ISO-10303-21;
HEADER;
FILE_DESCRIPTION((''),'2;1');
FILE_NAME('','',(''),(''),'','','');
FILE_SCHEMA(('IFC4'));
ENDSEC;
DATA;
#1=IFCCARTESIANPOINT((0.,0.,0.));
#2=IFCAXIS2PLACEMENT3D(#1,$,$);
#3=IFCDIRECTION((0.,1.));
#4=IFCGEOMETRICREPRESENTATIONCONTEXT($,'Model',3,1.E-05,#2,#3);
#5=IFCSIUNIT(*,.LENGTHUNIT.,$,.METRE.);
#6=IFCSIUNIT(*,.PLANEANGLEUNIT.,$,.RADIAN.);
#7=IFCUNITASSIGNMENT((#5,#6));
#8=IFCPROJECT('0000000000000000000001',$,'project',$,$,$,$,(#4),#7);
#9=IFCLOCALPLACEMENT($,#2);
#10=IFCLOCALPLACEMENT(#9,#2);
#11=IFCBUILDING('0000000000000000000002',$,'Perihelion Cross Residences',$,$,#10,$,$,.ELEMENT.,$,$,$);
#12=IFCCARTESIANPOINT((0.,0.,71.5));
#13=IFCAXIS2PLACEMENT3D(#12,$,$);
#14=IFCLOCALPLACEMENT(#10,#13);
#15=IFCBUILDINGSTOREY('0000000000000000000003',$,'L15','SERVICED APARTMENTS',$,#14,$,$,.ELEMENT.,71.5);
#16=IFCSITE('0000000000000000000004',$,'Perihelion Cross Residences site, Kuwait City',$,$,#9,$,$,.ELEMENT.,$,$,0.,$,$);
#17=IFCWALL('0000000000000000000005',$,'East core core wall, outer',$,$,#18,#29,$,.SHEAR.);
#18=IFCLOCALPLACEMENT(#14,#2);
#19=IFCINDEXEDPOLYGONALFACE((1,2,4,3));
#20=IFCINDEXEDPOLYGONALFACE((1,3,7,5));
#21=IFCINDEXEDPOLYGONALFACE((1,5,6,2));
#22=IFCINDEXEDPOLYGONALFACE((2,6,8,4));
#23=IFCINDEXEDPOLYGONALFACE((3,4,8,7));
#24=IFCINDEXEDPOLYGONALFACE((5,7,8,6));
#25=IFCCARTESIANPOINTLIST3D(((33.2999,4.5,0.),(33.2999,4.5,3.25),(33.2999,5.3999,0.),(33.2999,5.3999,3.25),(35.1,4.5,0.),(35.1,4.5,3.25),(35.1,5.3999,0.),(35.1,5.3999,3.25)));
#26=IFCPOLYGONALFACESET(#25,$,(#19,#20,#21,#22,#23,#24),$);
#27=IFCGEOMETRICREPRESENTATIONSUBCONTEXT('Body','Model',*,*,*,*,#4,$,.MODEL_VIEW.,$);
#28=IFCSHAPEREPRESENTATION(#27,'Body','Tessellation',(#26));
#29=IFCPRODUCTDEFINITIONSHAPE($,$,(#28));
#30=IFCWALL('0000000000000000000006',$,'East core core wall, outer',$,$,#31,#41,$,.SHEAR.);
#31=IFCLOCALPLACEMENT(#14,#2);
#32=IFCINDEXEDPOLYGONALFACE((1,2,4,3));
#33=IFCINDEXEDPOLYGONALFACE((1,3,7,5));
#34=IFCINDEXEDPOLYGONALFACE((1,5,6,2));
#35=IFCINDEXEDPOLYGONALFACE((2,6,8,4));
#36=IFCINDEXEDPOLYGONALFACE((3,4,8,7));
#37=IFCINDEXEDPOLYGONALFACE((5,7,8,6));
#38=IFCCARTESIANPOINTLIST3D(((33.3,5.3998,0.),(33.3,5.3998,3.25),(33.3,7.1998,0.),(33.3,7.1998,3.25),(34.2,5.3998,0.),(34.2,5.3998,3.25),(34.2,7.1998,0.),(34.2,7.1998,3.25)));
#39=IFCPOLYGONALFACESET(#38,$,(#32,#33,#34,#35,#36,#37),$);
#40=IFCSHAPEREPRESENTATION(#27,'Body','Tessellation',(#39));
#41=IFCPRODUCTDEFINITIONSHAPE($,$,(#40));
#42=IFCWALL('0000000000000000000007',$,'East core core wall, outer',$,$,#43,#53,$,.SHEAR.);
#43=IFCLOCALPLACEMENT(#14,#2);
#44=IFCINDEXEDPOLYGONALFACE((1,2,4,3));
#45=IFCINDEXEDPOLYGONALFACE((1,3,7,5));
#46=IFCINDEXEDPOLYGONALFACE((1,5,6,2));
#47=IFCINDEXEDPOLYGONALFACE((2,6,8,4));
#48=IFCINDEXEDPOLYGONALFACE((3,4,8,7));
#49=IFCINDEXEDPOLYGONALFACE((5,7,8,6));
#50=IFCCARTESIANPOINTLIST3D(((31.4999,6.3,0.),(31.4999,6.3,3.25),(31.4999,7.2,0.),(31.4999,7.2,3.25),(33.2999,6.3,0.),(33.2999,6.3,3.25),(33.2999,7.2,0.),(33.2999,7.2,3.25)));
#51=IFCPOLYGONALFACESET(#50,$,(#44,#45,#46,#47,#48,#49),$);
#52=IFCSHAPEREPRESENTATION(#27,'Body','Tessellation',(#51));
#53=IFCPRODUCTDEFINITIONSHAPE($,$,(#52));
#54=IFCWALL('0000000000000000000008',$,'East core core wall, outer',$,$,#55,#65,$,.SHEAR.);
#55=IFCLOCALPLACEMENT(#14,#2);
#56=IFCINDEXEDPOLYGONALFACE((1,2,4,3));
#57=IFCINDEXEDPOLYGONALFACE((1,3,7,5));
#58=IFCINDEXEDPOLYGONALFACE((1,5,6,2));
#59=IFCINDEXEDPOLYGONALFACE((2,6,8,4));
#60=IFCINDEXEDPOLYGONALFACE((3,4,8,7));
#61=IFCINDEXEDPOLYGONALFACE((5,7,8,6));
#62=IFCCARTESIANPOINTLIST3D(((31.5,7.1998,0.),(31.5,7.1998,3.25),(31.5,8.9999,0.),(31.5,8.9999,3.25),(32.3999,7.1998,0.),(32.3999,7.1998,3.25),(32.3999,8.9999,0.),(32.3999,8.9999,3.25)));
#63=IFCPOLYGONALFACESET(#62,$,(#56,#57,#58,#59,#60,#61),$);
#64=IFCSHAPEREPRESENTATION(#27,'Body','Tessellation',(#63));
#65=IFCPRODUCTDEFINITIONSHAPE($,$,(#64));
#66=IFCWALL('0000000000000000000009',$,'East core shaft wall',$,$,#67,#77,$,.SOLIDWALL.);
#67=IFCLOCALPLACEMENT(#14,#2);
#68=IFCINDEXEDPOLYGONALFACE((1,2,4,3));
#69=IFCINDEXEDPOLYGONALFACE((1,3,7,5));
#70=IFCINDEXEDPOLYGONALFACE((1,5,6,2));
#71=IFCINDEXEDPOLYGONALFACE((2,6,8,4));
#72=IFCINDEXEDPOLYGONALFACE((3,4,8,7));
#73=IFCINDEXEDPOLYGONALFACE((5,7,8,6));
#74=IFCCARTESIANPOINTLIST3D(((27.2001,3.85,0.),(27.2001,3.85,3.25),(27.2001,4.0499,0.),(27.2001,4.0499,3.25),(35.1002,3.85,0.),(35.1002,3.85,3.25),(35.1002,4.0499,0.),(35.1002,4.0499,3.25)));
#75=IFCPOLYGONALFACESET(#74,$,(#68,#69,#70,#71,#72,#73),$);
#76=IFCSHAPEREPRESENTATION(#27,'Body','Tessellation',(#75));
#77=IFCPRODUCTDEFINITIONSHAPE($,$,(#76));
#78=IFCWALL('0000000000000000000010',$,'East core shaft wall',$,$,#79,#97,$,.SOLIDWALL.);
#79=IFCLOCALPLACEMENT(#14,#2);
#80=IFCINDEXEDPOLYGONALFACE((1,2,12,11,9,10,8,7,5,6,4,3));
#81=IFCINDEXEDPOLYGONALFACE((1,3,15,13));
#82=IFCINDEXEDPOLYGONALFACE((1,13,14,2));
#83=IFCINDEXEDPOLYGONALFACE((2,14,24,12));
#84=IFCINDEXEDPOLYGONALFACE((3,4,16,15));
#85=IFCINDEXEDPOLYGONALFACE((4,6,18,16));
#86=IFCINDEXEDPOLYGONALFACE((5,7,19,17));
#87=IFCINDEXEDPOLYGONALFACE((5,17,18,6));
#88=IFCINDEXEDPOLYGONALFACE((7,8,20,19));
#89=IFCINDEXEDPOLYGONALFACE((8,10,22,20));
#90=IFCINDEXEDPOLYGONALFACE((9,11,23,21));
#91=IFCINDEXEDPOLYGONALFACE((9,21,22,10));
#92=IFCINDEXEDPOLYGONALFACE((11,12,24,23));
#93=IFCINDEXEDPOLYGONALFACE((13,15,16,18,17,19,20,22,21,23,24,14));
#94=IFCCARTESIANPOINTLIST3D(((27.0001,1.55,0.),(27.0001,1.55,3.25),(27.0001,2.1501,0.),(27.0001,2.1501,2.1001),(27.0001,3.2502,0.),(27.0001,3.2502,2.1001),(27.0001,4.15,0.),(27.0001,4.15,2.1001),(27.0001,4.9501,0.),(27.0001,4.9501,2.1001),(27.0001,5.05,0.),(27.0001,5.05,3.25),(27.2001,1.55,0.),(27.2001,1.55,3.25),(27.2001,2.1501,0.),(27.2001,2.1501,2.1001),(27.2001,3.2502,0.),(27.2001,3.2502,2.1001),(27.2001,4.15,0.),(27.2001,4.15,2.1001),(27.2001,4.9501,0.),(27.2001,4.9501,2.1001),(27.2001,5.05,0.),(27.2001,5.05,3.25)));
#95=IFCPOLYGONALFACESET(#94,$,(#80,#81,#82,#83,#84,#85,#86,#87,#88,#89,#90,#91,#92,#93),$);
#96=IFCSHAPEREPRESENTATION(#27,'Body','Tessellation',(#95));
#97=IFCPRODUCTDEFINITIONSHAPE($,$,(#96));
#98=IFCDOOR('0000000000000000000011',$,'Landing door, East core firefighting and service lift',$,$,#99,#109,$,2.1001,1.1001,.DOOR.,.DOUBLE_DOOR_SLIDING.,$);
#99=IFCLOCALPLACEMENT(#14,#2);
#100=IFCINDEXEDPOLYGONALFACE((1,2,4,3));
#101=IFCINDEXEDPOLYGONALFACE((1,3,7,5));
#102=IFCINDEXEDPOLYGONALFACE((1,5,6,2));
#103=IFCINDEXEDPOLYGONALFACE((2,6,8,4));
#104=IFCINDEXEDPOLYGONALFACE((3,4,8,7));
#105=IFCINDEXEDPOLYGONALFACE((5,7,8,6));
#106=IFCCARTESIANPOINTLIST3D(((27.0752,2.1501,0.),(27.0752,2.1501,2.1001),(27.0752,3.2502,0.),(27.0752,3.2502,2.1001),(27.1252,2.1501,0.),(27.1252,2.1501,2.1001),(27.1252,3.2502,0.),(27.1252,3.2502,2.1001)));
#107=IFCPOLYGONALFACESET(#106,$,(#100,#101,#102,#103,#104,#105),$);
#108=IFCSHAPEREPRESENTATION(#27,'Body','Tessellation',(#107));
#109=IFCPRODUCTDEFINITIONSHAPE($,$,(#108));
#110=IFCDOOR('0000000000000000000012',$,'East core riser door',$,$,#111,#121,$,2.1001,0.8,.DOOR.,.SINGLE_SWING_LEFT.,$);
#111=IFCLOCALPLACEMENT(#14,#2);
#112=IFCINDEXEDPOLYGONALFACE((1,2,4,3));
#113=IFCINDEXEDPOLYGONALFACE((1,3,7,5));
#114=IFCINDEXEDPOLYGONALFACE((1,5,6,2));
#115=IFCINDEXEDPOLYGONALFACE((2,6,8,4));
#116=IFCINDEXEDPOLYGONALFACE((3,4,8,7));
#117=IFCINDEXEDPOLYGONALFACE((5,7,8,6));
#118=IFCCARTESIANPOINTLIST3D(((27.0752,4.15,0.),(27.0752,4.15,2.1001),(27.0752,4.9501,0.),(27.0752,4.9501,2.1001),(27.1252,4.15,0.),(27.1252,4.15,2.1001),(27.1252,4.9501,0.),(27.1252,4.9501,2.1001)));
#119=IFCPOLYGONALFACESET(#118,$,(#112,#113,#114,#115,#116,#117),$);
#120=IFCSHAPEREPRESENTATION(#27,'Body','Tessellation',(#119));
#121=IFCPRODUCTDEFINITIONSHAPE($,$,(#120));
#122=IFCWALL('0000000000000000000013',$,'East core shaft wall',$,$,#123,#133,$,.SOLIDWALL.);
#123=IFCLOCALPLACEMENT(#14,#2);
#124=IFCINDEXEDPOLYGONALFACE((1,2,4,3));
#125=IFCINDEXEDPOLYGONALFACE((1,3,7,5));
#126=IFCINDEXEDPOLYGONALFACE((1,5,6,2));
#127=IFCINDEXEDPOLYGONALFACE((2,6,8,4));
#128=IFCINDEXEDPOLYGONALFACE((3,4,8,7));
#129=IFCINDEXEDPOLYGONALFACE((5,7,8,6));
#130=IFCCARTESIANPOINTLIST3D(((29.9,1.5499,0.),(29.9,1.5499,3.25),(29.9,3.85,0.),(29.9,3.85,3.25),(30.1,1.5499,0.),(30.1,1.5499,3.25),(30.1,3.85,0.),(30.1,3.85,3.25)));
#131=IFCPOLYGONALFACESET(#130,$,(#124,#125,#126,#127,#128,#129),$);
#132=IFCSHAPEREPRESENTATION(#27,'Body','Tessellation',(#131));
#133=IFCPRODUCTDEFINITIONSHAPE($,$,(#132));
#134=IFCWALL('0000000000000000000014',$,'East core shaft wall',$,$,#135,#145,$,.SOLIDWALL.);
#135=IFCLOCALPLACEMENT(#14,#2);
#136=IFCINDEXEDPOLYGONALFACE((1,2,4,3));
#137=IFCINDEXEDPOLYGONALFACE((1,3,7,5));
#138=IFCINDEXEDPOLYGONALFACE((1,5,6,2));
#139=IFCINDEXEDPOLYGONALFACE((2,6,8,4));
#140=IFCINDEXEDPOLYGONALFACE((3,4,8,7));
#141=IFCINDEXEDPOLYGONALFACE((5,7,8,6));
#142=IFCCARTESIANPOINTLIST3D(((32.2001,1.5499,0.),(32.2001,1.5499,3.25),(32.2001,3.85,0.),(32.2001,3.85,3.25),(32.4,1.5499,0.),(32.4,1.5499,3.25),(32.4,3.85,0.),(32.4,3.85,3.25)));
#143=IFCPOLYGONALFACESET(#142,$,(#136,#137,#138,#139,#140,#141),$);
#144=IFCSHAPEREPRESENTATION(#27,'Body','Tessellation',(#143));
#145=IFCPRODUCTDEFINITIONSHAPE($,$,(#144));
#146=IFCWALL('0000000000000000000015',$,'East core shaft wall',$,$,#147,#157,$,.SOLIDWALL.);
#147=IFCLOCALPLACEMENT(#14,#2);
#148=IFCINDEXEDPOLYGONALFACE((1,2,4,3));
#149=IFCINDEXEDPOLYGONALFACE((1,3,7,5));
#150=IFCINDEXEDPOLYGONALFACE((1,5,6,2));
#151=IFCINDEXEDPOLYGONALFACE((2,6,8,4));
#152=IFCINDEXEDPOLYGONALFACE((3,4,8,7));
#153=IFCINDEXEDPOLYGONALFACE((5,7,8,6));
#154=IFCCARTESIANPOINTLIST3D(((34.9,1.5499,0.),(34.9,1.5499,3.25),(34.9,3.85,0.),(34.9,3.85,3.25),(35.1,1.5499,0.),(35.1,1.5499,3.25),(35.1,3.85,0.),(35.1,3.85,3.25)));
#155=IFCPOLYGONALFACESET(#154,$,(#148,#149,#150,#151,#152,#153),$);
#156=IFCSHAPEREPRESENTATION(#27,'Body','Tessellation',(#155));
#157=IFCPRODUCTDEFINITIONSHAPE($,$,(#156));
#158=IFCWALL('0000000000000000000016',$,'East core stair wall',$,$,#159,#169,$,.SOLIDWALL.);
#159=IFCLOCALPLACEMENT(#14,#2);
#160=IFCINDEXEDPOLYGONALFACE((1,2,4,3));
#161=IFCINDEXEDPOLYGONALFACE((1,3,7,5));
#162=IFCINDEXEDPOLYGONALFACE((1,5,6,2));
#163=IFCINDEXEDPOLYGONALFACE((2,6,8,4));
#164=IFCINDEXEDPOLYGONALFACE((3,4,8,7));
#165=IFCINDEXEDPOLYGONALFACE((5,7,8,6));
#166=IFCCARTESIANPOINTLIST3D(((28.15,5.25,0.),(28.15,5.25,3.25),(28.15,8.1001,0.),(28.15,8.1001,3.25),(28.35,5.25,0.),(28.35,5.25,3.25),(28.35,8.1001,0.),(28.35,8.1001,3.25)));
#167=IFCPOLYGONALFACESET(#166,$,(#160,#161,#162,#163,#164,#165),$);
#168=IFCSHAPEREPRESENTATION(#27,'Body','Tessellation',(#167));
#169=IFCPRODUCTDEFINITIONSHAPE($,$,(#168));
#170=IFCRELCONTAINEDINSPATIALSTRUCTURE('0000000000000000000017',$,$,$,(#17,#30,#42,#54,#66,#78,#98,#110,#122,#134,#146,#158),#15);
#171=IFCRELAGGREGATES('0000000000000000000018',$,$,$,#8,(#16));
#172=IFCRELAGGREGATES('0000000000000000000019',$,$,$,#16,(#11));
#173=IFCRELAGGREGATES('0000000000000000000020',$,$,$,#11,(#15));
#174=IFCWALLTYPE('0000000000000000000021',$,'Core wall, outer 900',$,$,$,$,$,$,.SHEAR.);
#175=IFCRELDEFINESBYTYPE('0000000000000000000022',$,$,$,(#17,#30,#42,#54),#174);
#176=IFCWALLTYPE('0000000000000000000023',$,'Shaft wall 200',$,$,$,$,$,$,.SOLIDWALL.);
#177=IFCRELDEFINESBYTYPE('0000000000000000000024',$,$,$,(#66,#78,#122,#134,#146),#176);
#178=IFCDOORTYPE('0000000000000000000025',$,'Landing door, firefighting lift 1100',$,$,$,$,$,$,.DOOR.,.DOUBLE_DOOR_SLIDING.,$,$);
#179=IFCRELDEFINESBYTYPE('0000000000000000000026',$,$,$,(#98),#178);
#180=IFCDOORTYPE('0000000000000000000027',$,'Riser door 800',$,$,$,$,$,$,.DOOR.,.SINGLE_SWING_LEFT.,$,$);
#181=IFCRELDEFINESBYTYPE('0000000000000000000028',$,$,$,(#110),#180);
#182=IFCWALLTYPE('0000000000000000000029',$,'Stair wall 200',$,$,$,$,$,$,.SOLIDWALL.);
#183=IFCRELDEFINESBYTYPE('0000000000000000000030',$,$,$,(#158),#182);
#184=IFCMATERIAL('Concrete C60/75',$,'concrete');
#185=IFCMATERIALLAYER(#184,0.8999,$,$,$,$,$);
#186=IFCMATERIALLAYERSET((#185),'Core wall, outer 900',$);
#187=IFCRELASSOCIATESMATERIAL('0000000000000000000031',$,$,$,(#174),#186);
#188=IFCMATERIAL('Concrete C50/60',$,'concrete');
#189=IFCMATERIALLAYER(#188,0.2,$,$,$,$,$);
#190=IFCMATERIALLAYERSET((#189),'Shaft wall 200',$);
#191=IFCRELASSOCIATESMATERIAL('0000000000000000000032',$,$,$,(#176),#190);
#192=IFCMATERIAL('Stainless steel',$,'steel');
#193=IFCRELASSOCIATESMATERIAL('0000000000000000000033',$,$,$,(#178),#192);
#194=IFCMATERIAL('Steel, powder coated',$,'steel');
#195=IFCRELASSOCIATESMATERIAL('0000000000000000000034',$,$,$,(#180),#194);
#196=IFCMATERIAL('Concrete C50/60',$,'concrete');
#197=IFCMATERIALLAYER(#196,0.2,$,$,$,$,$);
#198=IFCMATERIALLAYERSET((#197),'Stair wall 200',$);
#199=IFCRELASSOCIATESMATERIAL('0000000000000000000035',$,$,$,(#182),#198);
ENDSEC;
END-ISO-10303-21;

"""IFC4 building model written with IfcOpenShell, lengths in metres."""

from ifc_helpers import new_model, si_unit, direction, frame, frame_2d, origin, place, context, subcontext, project, spatial, rectangle, extrude, material, layer, layer_set, type_object, element, fill, save


model = new_model("IFC4")

# Units and contexts
model_context = context("Model", 3, precision=1e-05, world=origin(), true_north=direction((0.0, 1.0)))
body_context = subcontext(model_context, "Body", "Model", "MODEL_VIEW")
ifc_project = project(units=[si_unit("LENGTHUNIT", "METRE"), si_unit("PLANEANGLEUNIT", "RADIAN")], contexts=[model_context])

# Site, building, storey
site_placement = place(None, origin())
site = spatial("IfcSite", under=ifc_project, at=site_placement, Name="Perihelion Cross Residences site, Kuwait City", CompositionType="ELEMENT", RefElevation=0.0)
building_placement = place(site_placement, origin())
building = spatial("IfcBuilding", under=site, at=building_placement, Name="Perihelion Cross Residences", CompositionType="ELEMENT")
storey_placement = place(building_placement, frame((0.0, 0.0, 71.5)))
storey = spatial("IfcBuildingStorey", under=building, at=storey_placement, Name="L15", Description="SERVICED APARTMENTS", CompositionType="ELEMENT", Elevation=71.5)

# Walls
ifc_material_1 = material(Name="Concrete C60/75", Category="concrete")
ifc_layer_1 = layer(ifc_material_1, 0.8999)
ifc_layer_set_1 = layer_set([ifc_layer_1], Name="Core wall, outer 900")
wall_type_1 = type_object("IfcWallType", Name="Core wall, outer 900", PredefinedType="SHEAR", material=ifc_layer_set_1)
for number, where, z_axis, x_axis, name in (
    (1, (33.3, 4.95, 0.0), (0.0, 0.0, 1.0), (1.0, 0.0, 0.0), "East core core wall, outer"),
    (2, (33.75, 5.3999, 0.0), (0.0, 0.0, 1.0), (0.0, 1.0, 0.0), "East core core wall, outer"),
    (3, (31.5, 6.75, 0.0), (0.0, 0.0, 1.0), (1.0, 0.0, 0.0), "East core core wall, outer"),
    (4, (31.95, 7.2, 0.0), (0.0, 0.0, 1.0), (0.0, 1.0, 0.0), "East core core wall, outer"),
):
    element("IfcWall", number, at=place(storey_placement, frame(where, z_axis=z_axis, x_axis=x_axis)), inside=storey, type_object=wall_type_1, Name=name, PredefinedType="SHEAR", context=body_context, shape_type="SweptSolid", body=[
        extrude(rectangle(XDim=1.8, YDim=0.8999, at=frame_2d((0.8999, 0.0))), origin(), (0.0, 0.0, 1.0), 3.25),
    ])
ifc_material_2 = material(Name="Concrete C50/60", Category="concrete")
ifc_layer_2 = layer(ifc_material_2, 0.2)
ifc_layer_set_2 = layer_set([ifc_layer_2], Name="Shaft wall 200")
wall_type_2 = type_object("IfcWallType", Name="Shaft wall 200", PredefinedType="SOLIDWALL", material=ifc_layer_set_2)
wall_1_placement = place(storey_placement, frame((27.2, 3.95, 0.0), z_axis=(0.0, 0.0, 1.0), x_axis=(1.0, 0.0, 0.0)))
element("IfcWall", 5, at=wall_1_placement, inside=storey, type_object=wall_type_2, Name="East core shaft wall", PredefinedType="SOLIDWALL", context=body_context, shape_type="SweptSolid", body=[
    extrude(rectangle(XDim=7.9001, YDim=0.2, at=frame_2d((3.9502, 0.0))), origin(), (0.0, 0.0, 1.0), 3.25),
])

# Wall, openings, doors
wall_2_placement = place(storey_placement, frame((27.1001, 1.55, 0.0), z_axis=(0.0, 0.0, 1.0), x_axis=(0.0, 1.0, 0.0)))
wall_2 = element("IfcWall", 6, at=wall_2_placement, inside=storey, type_object=wall_type_2, Name="East core shaft wall", PredefinedType="SOLIDWALL", context=body_context, shape_type="SweptSolid", body=[
    extrude(rectangle(XDim=3.5, YDim=0.2, at=frame_2d((1.75, 0.0))), origin(), (0.0, 0.0, 1.0), 3.25),
])
opening_1_placement = place(wall_2_placement, frame((0.6001, 0.0, 0.0)))
opening_1 = element("IfcOpeningElement", 7, at=opening_1_placement, cuts=wall_2, PredefinedType="OPENING", context=body_context, shape_type="SweptSolid", body=[
    extrude(rectangle(XDim=1.1001, YDim=2.1001, at=frame_2d((0.55, 1.05))), frame((0.0, 0.1099, 0.0), z_axis=(0.0, -1.0, 0.0), x_axis=(1.0, 0.0, 0.0)), (0.0, 0.0, 1.0), 0.22),
])
opening_2_placement = place(wall_2_placement, frame((2.6001, 0.0, 0.0)))
opening_2 = element("IfcOpeningElement", 8, at=opening_2_placement, cuts=wall_2, PredefinedType="OPENING", context=body_context, shape_type="SweptSolid", body=[
    extrude(rectangle(XDim=0.8, YDim=2.1001, at=frame_2d((0.3999, 1.05))), frame((0.0, 0.1099, 0.0), z_axis=(0.0, -1.0, 0.0), x_axis=(1.0, 0.0, 0.0)), (0.0, 0.0, 1.0), 0.22),
])
ifc_material_3 = material(Name="Stainless steel", Category="steel")
door_type_1 = type_object("IfcDoorType", Name="Landing door, firefighting lift 1100", OperationType="DOUBLE_DOOR_SLIDING", PredefinedType="DOOR", material=ifc_material_3)
door_1_placement = place(opening_1_placement, origin())
door_1 = element("IfcDoor", 9, at=door_1_placement, inside=storey, type_object=door_type_1, Name="Landing door, East core firefighting and service lift", OperationType="DOUBLE_DOOR_SLIDING", OverallHeight=2.1001, OverallWidth=1.1001, PredefinedType="DOOR", context=body_context, shape_type="SweptSolid", body=[
    extrude(rectangle(XDim=1.1001, YDim=2.1001, at=frame_2d((0.55, 1.05))), frame((0.0, 0.0249, 0.0), z_axis=(0.0, -1.0, 0.0), x_axis=(1.0, 0.0, 0.0)), (0.0, 0.0, 1.0), 0.05),
])
fill(opening_1, door_1)
ifc_material_4 = material(Name="Steel, powder coated", Category="steel")
door_type_2 = type_object("IfcDoorType", Name="Riser door 800", OperationType="SINGLE_SWING_LEFT", PredefinedType="DOOR", material=ifc_material_4)
door_2_placement = place(opening_2_placement, origin())
door_2 = element("IfcDoor", 10, at=door_2_placement, inside=storey, type_object=door_type_2, Name="East core riser door", OperationType="SINGLE_SWING_LEFT", OverallHeight=2.1001, OverallWidth=0.8, PredefinedType="DOOR", context=body_context, shape_type="SweptSolid", body=[
    extrude(rectangle(XDim=0.8, YDim=2.1001, at=frame_2d((0.3999, 1.05))), frame((0.0, 0.0249, 0.0), z_axis=(0.0, -1.0, 0.0), x_axis=(1.0, 0.0, 0.0)), (0.0, 0.0, 1.0), 0.05),
])
fill(opening_2, door_2)

# Walls
for number, where, z_axis, x_axis, name in (
    (11, (30.0, 1.55, 0.0), (0.0, 0.0, 1.0), (0.0, 1.0, 0.0), "East core shaft wall"),
    (12, (32.3, 1.55, 0.0), (0.0, 0.0, 1.0), (0.0, 1.0, 0.0), "East core shaft wall"),
    (13, (35.0, 1.55, 0.0), (0.0, 0.0, 1.0), (0.0, 1.0, 0.0), "East core shaft wall"),
):
    element("IfcWall", number, at=place(storey_placement, frame(where, z_axis=z_axis, x_axis=x_axis)), inside=storey, type_object=wall_type_2, Name=name, PredefinedType="SOLIDWALL", context=body_context, shape_type="SweptSolid", body=[
        extrude(rectangle(XDim=2.3, YDim=0.2, at=frame_2d((1.1499, 0.0))), origin(), (0.0, 0.0, 1.0), 3.25),
    ])
ifc_material_5 = material(Name="Concrete C50/60", Category="concrete")
ifc_layer_3 = layer(ifc_material_5, 0.2)
ifc_layer_set_3 = layer_set([ifc_layer_3], Name="Stair wall 200")
wall_type_3 = type_object("IfcWallType", Name="Stair wall 200", PredefinedType="SOLIDWALL", material=ifc_layer_set_3)
wall_3_placement = place(storey_placement, frame((28.25, 5.25, 0.0), z_axis=(0.0, 0.0, 1.0), x_axis=(0.0, 1.0, 0.0)))
element("IfcWall", 14, at=wall_3_placement, inside=storey, type_object=wall_type_3, Name="East core stair wall", PredefinedType="SOLIDWALL", context=body_context, shape_type="SweptSolid", body=[
    extrude(rectangle(XDim=2.8501, YDim=0.2, at=frame_2d((1.425, 0.0))), origin(), (0.0, 0.0, 1.0), 3.25),
])

save(model, "model.ifc")
